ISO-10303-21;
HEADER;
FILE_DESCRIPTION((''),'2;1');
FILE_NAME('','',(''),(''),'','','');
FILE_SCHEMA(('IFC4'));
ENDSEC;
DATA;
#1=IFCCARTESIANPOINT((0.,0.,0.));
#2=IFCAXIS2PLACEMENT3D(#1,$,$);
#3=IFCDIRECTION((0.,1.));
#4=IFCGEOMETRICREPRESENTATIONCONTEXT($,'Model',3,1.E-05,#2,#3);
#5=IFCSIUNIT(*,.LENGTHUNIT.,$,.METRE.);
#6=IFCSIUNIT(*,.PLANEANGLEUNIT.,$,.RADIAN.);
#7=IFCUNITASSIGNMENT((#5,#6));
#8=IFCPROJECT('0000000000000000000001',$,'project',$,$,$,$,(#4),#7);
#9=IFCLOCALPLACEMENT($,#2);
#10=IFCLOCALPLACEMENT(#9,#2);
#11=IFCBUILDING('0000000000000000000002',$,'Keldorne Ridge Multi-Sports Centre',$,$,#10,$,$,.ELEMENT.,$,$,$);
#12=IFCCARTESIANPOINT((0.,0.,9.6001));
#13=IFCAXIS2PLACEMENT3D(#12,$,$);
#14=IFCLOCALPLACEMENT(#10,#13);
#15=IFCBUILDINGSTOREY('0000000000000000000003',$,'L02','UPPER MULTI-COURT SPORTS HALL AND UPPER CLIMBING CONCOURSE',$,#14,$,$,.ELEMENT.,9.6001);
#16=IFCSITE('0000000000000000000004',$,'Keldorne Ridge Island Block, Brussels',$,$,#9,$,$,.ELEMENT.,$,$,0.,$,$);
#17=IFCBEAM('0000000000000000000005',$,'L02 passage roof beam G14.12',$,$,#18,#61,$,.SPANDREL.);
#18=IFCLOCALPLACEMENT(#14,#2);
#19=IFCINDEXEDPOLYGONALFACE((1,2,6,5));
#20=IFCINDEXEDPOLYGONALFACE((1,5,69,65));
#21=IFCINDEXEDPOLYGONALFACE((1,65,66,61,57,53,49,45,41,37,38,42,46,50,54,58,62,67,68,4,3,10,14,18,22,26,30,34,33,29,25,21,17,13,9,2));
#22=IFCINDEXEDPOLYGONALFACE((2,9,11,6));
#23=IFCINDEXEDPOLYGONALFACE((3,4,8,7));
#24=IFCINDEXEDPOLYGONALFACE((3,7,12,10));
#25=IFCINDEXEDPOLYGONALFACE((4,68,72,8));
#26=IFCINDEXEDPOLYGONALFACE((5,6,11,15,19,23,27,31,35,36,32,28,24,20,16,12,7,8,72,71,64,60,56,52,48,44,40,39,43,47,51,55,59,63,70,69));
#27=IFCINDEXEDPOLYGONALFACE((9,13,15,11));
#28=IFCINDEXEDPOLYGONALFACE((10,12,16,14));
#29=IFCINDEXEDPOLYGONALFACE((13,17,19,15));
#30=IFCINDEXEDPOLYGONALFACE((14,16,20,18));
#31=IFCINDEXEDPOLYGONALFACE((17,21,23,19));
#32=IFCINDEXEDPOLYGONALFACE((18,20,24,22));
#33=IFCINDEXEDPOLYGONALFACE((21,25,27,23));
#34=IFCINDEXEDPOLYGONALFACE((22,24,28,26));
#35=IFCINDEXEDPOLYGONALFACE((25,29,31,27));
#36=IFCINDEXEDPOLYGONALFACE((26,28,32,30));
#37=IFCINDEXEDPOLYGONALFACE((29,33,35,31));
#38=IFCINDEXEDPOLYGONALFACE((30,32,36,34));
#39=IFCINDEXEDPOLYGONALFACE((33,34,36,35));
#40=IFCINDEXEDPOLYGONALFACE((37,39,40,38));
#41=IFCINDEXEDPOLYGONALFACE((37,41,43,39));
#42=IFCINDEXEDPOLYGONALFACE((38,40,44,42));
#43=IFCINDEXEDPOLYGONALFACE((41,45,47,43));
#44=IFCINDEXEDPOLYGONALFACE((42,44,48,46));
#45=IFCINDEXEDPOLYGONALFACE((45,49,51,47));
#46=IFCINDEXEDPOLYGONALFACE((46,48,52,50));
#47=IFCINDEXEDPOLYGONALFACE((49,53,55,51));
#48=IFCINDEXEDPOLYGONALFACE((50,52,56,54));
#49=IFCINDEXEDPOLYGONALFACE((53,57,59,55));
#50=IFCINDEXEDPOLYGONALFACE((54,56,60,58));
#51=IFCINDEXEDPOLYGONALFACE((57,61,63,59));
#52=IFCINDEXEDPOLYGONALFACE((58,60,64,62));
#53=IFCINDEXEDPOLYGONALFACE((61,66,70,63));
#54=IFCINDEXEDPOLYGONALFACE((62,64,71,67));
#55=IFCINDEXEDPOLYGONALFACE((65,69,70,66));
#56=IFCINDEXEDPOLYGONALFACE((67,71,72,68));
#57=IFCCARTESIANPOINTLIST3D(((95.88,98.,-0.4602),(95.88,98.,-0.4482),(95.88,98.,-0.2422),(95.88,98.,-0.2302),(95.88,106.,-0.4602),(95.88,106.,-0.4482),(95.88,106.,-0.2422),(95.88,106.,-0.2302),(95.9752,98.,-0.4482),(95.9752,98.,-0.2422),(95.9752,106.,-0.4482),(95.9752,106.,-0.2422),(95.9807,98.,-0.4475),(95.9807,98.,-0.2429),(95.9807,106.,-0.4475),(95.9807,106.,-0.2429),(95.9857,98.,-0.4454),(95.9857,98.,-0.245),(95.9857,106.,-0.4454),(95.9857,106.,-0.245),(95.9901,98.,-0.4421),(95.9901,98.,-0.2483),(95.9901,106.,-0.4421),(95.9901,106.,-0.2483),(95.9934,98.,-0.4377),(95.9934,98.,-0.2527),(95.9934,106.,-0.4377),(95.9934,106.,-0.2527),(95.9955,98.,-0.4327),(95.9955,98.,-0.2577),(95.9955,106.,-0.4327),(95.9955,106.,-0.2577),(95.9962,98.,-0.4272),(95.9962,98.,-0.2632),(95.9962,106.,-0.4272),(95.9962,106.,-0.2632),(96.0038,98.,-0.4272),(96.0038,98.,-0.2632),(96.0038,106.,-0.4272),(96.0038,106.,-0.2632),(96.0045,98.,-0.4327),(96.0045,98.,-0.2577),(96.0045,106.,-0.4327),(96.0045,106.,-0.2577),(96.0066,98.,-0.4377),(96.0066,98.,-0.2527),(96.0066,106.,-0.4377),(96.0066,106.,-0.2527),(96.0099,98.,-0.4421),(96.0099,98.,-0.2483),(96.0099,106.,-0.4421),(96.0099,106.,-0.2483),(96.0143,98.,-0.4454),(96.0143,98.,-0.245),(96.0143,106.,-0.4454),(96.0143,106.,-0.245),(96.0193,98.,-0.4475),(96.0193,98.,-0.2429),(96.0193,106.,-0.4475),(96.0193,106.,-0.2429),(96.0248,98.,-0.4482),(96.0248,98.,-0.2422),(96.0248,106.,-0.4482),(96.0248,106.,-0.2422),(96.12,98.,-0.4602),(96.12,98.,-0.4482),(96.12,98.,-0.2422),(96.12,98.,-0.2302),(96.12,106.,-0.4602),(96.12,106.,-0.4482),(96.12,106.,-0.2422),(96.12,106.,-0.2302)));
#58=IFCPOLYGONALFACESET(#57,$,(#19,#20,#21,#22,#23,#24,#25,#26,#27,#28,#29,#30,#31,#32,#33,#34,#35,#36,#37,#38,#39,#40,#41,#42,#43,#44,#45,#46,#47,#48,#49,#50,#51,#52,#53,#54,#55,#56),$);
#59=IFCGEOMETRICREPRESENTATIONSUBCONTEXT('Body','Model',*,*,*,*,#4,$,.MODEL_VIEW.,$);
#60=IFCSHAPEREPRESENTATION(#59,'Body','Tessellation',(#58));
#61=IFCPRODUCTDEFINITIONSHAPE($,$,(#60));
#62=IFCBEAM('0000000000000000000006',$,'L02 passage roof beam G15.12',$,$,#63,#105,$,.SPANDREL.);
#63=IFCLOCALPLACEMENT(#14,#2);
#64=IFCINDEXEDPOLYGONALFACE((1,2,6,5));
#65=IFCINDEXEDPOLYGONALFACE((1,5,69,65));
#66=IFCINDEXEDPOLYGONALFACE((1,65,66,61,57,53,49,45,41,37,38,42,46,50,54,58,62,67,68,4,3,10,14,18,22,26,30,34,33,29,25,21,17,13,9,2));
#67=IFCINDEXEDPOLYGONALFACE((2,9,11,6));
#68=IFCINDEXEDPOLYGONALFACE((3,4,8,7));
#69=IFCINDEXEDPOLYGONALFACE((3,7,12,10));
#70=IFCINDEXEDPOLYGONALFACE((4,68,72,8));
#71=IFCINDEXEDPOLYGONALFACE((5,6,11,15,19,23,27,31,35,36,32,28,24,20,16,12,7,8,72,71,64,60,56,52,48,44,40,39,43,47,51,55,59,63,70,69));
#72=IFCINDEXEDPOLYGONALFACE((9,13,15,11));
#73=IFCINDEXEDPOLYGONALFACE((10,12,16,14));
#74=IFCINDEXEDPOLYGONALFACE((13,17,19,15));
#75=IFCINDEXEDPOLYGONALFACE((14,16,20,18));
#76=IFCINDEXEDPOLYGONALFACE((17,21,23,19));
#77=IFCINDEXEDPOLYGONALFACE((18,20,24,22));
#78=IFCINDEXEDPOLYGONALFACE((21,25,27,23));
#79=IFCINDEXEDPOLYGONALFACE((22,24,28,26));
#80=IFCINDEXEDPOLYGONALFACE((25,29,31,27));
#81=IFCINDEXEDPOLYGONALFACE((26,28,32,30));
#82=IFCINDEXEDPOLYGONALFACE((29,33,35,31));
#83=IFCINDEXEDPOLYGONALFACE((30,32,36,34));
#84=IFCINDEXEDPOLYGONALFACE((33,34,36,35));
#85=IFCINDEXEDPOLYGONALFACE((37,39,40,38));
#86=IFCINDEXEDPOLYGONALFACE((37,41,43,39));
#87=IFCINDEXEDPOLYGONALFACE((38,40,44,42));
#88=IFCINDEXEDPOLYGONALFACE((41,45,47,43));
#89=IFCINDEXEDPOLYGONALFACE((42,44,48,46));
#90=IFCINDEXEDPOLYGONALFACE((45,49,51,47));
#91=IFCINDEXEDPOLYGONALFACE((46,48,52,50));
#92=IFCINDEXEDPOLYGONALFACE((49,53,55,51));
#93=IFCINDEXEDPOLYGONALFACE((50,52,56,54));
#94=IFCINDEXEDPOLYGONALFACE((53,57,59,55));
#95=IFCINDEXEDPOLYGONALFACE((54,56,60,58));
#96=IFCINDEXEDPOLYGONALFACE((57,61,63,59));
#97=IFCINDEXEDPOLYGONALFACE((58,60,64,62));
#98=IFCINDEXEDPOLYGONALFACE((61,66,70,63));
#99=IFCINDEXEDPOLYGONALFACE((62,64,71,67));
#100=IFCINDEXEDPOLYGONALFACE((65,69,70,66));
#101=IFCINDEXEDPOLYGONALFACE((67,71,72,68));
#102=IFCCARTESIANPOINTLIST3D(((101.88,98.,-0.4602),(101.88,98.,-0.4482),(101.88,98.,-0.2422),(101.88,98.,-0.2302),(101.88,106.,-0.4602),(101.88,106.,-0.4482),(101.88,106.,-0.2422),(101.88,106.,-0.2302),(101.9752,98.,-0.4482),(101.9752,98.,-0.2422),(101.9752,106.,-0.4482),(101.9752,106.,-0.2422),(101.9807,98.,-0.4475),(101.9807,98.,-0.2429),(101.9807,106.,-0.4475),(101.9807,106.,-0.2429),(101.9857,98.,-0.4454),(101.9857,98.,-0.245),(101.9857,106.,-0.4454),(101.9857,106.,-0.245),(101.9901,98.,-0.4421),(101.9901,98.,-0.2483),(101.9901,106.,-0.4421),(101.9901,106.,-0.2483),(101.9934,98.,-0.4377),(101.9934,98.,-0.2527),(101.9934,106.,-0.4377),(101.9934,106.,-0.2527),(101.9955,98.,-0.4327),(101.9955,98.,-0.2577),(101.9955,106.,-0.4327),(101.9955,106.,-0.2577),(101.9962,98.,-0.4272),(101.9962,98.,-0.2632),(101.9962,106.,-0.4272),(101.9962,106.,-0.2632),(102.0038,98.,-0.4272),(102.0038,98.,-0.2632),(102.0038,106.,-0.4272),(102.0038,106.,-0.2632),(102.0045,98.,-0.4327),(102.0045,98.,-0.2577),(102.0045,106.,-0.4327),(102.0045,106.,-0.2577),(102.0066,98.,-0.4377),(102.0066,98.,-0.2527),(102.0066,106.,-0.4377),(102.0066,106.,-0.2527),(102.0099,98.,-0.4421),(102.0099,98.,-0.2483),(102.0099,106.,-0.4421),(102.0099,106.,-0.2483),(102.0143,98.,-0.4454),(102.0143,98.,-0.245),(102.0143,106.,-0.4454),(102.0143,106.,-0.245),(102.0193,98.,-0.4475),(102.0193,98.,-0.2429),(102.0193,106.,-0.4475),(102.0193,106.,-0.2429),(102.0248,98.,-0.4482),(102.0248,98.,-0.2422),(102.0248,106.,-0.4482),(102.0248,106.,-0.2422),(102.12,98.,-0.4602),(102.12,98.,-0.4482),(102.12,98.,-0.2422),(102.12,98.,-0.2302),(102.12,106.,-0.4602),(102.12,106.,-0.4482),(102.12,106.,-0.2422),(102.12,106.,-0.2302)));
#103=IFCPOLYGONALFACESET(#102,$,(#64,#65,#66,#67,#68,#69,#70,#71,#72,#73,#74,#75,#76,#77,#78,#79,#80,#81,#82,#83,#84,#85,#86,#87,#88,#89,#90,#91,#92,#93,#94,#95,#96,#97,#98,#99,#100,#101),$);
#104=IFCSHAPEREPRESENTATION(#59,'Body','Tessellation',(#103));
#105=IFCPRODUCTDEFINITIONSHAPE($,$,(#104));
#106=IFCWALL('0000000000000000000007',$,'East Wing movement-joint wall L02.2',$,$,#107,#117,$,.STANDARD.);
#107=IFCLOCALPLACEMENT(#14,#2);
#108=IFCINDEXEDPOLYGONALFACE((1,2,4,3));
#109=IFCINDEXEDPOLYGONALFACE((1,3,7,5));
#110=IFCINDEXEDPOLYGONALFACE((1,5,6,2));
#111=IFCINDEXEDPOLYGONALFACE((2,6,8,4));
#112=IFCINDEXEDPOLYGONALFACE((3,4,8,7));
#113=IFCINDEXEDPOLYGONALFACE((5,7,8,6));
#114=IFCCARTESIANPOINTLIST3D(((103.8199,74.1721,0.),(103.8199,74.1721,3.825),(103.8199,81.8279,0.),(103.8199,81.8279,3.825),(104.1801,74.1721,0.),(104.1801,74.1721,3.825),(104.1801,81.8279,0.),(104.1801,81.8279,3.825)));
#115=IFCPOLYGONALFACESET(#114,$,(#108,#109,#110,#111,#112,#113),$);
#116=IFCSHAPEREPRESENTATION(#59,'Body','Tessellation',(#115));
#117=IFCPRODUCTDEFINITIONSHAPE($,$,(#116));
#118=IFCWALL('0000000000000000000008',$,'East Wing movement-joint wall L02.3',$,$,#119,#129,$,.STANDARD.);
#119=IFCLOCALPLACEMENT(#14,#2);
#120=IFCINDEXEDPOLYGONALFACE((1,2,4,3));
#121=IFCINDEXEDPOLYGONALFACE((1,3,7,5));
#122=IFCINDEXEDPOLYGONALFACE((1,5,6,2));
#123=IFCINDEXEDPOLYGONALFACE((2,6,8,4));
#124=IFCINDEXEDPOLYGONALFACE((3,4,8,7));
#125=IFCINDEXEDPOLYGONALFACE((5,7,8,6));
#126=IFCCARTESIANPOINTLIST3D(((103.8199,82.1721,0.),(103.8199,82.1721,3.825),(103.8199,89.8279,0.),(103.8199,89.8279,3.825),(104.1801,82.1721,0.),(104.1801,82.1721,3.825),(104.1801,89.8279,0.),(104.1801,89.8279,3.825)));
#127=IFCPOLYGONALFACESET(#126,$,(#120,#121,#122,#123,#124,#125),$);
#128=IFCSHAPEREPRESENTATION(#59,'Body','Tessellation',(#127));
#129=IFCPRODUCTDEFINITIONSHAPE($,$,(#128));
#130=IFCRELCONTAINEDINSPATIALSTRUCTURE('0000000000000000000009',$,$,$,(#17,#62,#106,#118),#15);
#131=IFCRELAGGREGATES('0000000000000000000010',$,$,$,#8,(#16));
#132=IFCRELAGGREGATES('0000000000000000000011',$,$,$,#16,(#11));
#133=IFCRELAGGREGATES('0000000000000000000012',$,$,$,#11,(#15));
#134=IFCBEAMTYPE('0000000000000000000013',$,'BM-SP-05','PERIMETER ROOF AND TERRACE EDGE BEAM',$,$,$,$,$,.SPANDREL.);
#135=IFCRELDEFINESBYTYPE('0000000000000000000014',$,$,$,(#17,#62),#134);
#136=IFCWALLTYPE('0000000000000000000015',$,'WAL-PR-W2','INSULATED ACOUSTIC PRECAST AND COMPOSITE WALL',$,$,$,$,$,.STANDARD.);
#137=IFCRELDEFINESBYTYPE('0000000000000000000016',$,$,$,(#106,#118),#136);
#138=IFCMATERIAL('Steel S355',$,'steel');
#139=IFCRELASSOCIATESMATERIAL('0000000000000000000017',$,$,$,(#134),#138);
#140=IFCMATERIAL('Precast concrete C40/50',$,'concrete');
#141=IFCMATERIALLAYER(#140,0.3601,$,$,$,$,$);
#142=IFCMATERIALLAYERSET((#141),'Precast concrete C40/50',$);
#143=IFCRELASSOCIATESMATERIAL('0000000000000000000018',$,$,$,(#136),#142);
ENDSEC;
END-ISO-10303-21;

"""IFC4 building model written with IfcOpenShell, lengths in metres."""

from ifc_helpers import new_model, si_unit, direction, frame, frame_2d, origin, origin_2d, place, context, subcontext, project, spatial, rectangle, i_section, extrude, material, layer, layer_set, material_profile, profile_set, type_object, element, save


model = new_model("IFC4")

# Units and contexts
model_context = context("Model", 3, precision=1e-05, world=origin(), true_north=direction((0.0, 1.0)))
body_context = subcontext(model_context, "Body", "Model", "MODEL_VIEW")
ifc_project = project(units=[si_unit("LENGTHUNIT", "METRE"), si_unit("PLANEANGLEUNIT", "RADIAN")], contexts=[model_context])

# Site, building, storey
site_placement = place(None, origin())
site = spatial("IfcSite", under=ifc_project, at=site_placement, Name="Keldorne Ridge Island Block, Brussels", CompositionType="ELEMENT", RefElevation=0.0)
building_placement = place(site_placement, origin())
building = spatial("IfcBuilding", under=site, at=building_placement, Name="Keldorne Ridge Multi-Sports Centre", CompositionType="ELEMENT")
storey_placement = place(building_placement, frame((0.0, 0.0, 9.6001)))
storey = spatial("IfcBuildingStorey", under=building, at=storey_placement, Name="L02", Description="UPPER MULTI-COURT SPORTS HALL AND UPPER CLIMBING CONCOURSE", CompositionType="ELEMENT", Elevation=9.6001)

# Shared definitions
ifc_material_1 = material(Name="Steel S355", Category="steel")

# Beams
ifc_material_profile_1 = material_profile(ifc_material_1, i_section(OverallWidth=0.24, OverallDepth=0.23, WebThickness=0.0076, FlangeThickness=0.012, FilletRadius=0.021, at=origin_2d()), Name="HEA 240")
ifc_profile_set_1 = profile_set([ifc_material_profile_1], Name="Steel S355")
beam_type_1 = type_object("IfcBeamType", Name="BM-SP-05", Description="PERIMETER ROOF AND TERRACE EDGE BEAM", PredefinedType="SPANDREL", material=ifc_profile_set_1)
for number, where, z_axis, x_axis, name in (
    (1, (96.0, 98.0, -0.3452), (0.0, 1.0, 0.0), (-1.0, 0.0, 0.0), "L02 passage roof beam G14.12"),
    (2, (102.0, 98.0, -0.3452), (0.0, 1.0, 0.0), (-1.0, 0.0, 0.0), "L02 passage roof beam G15.12"),
):
    element("IfcBeam", number, at=place(storey_placement, frame(where, z_axis=z_axis, x_axis=x_axis)), inside=storey, type_object=beam_type_1, Name=name, PredefinedType="SPANDREL", context=body_context, shape_type="SweptSolid", body=[
        extrude(i_section(OverallWidth=0.24, OverallDepth=0.23, WebThickness=0.0076, FlangeThickness=0.012, FilletRadius=0.021, at=origin_2d()), origin(), (0.0, 0.0, 1.0), 8.0),
    ])

# Walls
ifc_material_2 = material(Name="Precast concrete C40/50", Category="concrete")
ifc_layer = layer(ifc_material_2, 0.3601)
ifc_layer_set = layer_set([ifc_layer], Name="Precast concrete C40/50")
wall_type = type_object("IfcWallType", Name="WAL-PR-W2", Description="INSULATED ACOUSTIC PRECAST AND COMPOSITE WALL", PredefinedType="STANDARD", material=ifc_layer_set)
for number, where, z_axis, x_axis, name in (
    (3, (104.0, 81.8279, 0.0), (0.0, 0.0, 1.0), (0.0, -1.0, 0.0), "East Wing movement-joint wall L02.2"),
    (4, (104.0, 89.8279, 0.0), (0.0, 0.0, 1.0), (0.0, -1.0, 0.0), "East Wing movement-joint wall L02.3"),
):
    element("IfcWall", number, at=place(storey_placement, frame(where, z_axis=z_axis, x_axis=x_axis)), inside=storey, type_object=wall_type, Name=name, PredefinedType="STANDARD", context=body_context, shape_type="SweptSolid", body=[
        extrude(rectangle(XDim=7.6558, YDim=0.3601, at=frame_2d((3.8279, 0.0))), origin(), (0.0, 0.0, 1.0), 3.825),
    ])

save(model, "model.ifc")
